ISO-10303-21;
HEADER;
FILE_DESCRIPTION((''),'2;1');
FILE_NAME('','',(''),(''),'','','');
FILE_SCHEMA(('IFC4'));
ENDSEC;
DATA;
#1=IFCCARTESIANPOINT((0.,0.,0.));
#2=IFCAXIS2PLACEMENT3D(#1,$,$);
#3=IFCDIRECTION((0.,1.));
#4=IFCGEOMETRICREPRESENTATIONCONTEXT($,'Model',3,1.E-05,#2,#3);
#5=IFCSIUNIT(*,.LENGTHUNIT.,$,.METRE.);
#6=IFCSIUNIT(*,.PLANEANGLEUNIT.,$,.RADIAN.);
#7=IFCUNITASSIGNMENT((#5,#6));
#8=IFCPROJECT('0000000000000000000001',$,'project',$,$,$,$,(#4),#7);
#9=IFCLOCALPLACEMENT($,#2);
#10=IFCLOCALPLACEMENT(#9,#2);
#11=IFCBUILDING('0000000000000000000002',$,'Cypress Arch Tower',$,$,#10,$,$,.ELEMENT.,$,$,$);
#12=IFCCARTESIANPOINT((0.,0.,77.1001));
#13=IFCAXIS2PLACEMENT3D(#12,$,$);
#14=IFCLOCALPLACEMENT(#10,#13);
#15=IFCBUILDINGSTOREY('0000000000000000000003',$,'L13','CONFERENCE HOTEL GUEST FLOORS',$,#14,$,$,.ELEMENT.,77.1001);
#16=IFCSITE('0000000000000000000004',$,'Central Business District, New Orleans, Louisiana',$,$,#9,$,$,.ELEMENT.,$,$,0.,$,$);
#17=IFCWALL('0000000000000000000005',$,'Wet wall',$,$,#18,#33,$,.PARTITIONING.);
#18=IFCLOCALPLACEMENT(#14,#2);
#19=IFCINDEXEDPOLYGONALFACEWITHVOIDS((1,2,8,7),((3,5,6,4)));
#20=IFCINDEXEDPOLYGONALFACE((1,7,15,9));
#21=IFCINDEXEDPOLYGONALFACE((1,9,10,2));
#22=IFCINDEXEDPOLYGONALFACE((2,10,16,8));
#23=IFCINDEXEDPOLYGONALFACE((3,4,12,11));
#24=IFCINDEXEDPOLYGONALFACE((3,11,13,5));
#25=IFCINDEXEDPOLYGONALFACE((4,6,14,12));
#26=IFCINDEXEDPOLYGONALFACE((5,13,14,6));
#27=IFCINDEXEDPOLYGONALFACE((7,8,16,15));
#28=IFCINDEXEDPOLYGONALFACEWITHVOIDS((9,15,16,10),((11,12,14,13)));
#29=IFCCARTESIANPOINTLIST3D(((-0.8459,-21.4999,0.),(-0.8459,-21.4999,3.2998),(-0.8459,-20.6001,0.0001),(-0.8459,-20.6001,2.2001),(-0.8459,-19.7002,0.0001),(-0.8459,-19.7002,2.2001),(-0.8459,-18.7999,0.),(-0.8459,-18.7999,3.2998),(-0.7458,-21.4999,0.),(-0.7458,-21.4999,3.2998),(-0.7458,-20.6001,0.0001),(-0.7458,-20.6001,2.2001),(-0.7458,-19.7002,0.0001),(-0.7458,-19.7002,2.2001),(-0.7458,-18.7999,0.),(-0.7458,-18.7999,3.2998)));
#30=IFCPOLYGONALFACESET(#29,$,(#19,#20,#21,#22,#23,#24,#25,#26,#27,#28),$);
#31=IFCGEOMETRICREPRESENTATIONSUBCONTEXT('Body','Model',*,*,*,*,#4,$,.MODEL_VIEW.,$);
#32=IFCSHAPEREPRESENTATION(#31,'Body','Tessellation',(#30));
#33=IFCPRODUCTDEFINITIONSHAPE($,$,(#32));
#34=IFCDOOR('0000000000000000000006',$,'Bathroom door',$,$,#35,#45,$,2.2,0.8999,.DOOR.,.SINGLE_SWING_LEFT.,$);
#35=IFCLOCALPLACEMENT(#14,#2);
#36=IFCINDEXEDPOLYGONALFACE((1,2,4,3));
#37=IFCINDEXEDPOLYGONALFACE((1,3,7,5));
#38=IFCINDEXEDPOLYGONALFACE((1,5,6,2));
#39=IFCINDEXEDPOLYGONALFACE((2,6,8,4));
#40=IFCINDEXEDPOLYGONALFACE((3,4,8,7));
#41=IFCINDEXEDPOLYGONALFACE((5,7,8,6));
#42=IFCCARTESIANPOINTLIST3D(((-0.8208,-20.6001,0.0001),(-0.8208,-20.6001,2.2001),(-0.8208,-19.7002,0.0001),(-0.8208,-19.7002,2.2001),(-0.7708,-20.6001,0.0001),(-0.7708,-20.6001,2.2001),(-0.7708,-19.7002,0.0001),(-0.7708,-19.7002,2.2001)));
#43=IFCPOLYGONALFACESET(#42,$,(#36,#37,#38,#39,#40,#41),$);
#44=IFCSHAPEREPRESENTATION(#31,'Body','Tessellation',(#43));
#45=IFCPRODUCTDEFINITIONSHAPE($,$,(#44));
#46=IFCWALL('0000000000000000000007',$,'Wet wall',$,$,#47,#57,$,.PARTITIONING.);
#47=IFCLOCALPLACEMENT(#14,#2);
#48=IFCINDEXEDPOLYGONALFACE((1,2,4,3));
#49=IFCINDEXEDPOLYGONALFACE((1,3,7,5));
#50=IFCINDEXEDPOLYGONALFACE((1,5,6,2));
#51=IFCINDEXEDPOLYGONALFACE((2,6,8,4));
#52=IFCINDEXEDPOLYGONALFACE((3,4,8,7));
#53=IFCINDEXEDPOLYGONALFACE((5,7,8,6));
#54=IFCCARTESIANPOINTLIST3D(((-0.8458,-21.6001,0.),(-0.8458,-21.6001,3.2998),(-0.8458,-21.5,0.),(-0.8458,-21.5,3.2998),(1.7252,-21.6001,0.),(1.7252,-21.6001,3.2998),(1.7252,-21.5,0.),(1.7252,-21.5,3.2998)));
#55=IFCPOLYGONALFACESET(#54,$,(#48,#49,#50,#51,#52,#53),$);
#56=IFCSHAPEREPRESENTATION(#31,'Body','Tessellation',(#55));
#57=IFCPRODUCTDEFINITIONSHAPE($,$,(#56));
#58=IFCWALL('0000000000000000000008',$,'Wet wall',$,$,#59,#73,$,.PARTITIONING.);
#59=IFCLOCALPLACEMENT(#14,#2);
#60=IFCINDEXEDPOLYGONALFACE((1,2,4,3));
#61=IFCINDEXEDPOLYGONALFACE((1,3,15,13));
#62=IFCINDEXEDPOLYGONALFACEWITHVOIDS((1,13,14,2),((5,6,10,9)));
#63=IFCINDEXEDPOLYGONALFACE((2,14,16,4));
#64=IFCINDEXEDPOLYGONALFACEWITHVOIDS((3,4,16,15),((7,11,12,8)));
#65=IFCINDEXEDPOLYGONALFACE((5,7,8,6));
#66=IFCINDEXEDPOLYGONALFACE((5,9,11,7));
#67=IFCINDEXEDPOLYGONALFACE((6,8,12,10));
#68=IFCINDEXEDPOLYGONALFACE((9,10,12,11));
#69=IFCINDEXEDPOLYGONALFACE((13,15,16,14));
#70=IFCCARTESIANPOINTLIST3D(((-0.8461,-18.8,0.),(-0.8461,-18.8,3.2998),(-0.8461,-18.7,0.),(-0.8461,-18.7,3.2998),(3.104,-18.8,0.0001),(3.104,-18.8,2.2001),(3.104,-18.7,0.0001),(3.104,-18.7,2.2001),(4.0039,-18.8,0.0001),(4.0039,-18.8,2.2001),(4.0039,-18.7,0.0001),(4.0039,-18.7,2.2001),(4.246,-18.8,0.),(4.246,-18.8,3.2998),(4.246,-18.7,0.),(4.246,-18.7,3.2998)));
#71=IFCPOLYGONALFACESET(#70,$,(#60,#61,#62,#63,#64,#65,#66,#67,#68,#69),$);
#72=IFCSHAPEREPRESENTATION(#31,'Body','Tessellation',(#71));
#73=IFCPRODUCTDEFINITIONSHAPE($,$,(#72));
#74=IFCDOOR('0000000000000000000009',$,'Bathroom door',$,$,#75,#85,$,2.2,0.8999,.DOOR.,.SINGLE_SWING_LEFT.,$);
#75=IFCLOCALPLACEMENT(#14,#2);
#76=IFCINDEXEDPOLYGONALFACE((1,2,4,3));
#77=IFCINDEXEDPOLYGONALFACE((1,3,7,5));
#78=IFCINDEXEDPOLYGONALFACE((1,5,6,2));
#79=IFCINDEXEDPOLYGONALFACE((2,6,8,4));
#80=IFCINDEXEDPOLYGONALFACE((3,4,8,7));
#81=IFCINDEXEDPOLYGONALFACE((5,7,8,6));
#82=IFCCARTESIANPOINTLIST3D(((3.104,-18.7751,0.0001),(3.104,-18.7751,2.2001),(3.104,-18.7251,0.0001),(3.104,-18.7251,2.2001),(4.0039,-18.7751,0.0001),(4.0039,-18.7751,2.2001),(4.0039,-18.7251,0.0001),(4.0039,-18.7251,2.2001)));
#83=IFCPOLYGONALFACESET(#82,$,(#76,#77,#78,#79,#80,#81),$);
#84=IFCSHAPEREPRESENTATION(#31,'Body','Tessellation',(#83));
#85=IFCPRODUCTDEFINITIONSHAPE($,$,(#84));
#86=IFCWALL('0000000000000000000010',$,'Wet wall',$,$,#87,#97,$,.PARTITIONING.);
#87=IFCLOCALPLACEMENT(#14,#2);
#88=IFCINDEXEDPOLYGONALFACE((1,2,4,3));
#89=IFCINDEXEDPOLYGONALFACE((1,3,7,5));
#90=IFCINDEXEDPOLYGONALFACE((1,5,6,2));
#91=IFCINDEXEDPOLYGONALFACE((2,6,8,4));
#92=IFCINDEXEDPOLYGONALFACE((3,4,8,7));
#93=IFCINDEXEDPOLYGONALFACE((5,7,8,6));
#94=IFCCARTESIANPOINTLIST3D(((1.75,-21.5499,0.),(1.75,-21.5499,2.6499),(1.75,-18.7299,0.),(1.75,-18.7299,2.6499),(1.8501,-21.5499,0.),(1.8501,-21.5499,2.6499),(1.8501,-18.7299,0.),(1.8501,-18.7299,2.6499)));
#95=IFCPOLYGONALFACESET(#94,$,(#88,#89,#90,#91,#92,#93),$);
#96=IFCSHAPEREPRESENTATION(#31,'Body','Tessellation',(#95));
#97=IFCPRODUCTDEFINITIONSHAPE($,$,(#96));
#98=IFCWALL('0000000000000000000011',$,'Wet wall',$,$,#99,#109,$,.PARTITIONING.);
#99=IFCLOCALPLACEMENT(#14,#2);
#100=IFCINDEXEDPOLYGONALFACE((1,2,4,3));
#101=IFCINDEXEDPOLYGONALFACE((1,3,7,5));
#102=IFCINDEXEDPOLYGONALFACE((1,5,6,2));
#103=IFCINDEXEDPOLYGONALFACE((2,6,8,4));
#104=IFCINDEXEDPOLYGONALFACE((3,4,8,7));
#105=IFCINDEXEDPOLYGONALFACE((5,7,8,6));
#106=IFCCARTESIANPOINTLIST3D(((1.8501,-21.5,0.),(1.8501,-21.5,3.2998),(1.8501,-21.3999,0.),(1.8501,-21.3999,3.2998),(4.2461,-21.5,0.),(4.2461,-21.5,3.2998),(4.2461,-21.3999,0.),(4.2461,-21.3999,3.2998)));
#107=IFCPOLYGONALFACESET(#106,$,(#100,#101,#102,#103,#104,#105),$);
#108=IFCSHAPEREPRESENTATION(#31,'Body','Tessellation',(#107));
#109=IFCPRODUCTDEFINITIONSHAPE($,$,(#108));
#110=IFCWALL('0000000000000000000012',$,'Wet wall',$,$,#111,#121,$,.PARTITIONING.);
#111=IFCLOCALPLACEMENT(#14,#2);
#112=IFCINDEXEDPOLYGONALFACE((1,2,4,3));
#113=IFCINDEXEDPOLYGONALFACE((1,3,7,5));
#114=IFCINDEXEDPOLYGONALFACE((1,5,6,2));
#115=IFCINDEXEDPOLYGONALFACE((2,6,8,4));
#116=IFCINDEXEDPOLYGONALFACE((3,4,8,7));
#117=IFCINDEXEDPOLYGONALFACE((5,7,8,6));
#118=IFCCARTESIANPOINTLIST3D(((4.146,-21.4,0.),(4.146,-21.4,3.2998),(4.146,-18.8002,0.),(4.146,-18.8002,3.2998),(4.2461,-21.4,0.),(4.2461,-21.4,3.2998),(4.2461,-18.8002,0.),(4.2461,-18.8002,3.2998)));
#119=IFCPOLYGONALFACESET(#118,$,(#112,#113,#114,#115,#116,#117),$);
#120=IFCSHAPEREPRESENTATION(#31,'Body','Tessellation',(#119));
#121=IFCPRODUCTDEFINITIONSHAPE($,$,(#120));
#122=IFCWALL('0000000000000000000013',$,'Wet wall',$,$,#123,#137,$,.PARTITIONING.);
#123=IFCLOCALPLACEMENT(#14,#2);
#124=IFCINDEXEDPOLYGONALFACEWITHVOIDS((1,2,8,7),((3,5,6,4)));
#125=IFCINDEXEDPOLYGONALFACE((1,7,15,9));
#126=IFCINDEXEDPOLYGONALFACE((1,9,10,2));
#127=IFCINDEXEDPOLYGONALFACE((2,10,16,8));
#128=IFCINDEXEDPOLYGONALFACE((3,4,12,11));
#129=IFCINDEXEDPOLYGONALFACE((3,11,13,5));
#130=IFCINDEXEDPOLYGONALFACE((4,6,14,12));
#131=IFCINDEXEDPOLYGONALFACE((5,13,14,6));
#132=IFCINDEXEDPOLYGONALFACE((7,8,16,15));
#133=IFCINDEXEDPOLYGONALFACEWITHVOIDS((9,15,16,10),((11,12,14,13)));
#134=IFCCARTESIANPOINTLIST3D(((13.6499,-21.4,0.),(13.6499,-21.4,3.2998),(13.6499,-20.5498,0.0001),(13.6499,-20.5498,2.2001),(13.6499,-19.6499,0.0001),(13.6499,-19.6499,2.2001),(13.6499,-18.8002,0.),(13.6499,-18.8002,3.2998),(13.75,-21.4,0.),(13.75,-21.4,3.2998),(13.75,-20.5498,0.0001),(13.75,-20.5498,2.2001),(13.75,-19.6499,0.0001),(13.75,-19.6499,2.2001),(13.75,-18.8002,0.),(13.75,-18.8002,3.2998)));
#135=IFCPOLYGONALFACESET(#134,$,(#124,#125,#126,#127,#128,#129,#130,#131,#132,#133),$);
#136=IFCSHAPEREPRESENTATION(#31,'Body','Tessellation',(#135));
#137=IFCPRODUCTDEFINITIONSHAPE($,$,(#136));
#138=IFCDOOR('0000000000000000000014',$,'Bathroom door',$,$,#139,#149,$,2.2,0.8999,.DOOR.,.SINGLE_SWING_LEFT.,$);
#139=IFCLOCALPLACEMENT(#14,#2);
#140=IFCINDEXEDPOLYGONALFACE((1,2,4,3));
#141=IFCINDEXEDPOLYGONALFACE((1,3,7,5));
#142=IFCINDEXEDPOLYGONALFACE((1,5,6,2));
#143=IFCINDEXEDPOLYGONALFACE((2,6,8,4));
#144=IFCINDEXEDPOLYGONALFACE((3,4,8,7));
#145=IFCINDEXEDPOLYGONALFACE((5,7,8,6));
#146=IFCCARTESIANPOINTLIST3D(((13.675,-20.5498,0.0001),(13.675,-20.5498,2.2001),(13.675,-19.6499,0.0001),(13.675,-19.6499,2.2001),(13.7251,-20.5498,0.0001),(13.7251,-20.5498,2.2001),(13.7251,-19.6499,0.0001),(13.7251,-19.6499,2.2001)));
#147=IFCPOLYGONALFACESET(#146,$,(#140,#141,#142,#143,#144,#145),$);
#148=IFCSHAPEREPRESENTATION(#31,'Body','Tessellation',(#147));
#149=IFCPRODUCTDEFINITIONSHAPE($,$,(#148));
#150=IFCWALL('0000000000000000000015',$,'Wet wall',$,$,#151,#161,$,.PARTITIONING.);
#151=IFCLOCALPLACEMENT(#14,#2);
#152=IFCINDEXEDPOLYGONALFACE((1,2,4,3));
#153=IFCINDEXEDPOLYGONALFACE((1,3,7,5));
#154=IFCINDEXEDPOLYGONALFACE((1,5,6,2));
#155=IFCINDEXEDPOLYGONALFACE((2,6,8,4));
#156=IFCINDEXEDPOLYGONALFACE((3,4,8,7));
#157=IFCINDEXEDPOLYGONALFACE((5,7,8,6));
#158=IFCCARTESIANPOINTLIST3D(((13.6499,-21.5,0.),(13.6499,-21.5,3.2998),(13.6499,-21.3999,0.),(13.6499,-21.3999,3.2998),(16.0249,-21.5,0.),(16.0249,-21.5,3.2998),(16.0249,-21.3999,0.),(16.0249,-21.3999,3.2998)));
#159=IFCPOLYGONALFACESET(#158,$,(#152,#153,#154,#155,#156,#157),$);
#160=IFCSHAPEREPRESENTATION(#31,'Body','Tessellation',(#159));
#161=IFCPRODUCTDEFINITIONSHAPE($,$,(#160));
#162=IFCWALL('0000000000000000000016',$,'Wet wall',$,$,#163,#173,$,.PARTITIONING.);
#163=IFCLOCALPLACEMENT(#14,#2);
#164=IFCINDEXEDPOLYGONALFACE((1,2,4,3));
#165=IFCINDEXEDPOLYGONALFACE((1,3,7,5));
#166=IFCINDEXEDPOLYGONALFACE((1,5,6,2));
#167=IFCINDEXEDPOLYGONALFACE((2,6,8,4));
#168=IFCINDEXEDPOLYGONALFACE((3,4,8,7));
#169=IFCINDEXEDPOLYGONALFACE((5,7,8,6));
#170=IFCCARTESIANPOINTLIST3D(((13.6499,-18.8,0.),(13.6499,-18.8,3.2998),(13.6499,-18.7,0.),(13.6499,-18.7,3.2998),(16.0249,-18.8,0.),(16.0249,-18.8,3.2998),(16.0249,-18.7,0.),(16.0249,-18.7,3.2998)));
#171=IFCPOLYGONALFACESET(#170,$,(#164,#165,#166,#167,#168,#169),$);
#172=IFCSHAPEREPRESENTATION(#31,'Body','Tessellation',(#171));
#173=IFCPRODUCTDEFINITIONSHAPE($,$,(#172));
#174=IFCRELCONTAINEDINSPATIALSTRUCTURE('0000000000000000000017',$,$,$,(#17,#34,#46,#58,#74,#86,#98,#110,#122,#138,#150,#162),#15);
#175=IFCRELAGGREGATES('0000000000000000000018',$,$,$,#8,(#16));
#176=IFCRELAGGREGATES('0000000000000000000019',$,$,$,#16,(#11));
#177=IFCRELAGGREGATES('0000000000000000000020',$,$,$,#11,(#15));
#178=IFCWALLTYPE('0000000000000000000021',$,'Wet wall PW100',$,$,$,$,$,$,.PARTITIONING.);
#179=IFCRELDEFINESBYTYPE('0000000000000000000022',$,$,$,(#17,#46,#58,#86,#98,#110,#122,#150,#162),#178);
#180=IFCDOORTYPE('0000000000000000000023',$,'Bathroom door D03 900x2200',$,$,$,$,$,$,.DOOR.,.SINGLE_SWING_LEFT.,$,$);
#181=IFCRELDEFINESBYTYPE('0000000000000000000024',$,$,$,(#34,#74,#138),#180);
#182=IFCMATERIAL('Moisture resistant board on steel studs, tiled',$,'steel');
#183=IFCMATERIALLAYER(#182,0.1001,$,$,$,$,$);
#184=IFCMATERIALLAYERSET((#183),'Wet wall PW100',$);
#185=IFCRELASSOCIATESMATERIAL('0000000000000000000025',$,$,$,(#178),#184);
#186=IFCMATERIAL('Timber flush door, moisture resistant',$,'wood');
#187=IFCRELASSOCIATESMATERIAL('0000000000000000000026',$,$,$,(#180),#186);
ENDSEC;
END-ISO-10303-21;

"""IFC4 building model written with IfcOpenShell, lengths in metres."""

from ifc_helpers import new_model, si_unit, direction, frame, frame_2d, origin, place, context, subcontext, project, spatial, rectangle, extrude, material, layer, layer_set, type_object, element, fill, save


model = new_model("IFC4")

# Units and contexts
model_context = context("Model", 3, precision=1e-05, world=origin(), true_north=direction((0.0, 1.0)))
body_context = subcontext(model_context, "Body", "Model", "MODEL_VIEW")
ifc_project = project(units=[si_unit("LENGTHUNIT", "METRE"), si_unit("PLANEANGLEUNIT", "RADIAN")], contexts=[model_context])

# Site, building, storey
site_placement = place(None, origin())
site = spatial("IfcSite", under=ifc_project, at=site_placement, Name="Central Business District, New Orleans, Louisiana", CompositionType="ELEMENT", RefElevation=0.0)
building_placement = place(site_placement, origin())
building = spatial("IfcBuilding", under=site, at=building_placement, Name="Cypress Arch Tower", CompositionType="ELEMENT")
storey_placement = place(building_placement, frame((0.0, 0.0, 77.1001)))
storey = spatial("IfcBuildingStorey", under=building, at=storey_placement, Name="L13", Description="CONFERENCE HOTEL GUEST FLOORS", CompositionType="ELEMENT", Elevation=77.1001)

# Wall, opening, door
ifc_material_1 = material(Name="Moisture resistant board on steel studs, tiled", Category="steel")
ifc_layer_1 = layer(ifc_material_1, 0.1001)
ifc_layer_set_1 = layer_set([ifc_layer_1], Name="Wet wall PW100")
wall_type_1 = type_object("IfcWallType", Name="Wet wall PW100", PredefinedType="PARTITIONING", material=ifc_layer_set_1)
wall_1_placement = place(storey_placement, frame((-0.7959, -21.5, 0.0), z_axis=(0.0, 0.0, 1.0), x_axis=(0.0, 1.0, 0.0)))
wall_1 = element("IfcWall", 1, at=wall_1_placement, inside=storey, type_object=wall_type_1, Name="Wet wall", PredefinedType="PARTITIONING", context=body_context, shape_type="SweptSolid", body=[
    extrude(rectangle(XDim=2.7, YDim=0.1001, at=frame_2d((1.3501, 0.0))), origin(), (0.0, 0.0, 1.0), 3.2998),
])
opening_1_placement = place(wall_1_placement, frame((0.8999, 0.0, 0.0)))
opening_1 = element("IfcOpeningElement", 2, at=opening_1_placement, cuts=wall_1, PredefinedType="OPENING", context=body_context, shape_type="SweptSolid", body=[
    extrude(rectangle(XDim=0.8999, YDim=2.2, at=frame_2d((0.45, 1.1001))), frame((0.0, 0.0601, 0.0), z_axis=(0.0, -1.0, 0.0), x_axis=(1.0, 0.0, 0.0)), (0.0, 0.0, 1.0), 0.1201),
])
ifc_material_2 = material(Name="Timber flush door, moisture resistant", Category="wood")
door_type_1 = type_object("IfcDoorType", Name="Bathroom door D03 900x2200", OperationType="SINGLE_SWING_LEFT", PredefinedType="DOOR", material=ifc_material_2)
door_1_placement = place(opening_1_placement, origin())
door_1 = element("IfcDoor", 3, at=door_1_placement, inside=storey, type_object=door_type_1, Name="Bathroom door", OperationType="SINGLE_SWING_LEFT", OverallHeight=2.2, OverallWidth=0.8999, PredefinedType="DOOR", context=body_context, shape_type="SweptSolid", body=[
    extrude(rectangle(XDim=0.8999, YDim=2.2, at=frame_2d((0.45, 1.1001))), frame((0.0, 0.0249, 0.0), z_axis=(0.0, -1.0, 0.0), x_axis=(1.0, 0.0, 0.0)), (0.0, 0.0, 1.0), 0.05),
])
fill(opening_1, door_1)

# Wall
wall_2_placement = place(storey_placement, frame((-0.8459, -21.55, 0.0), z_axis=(0.0, 0.0, 1.0), x_axis=(1.0, 0.0, 0.0)))
element("IfcWall", 4, at=wall_2_placement, inside=storey, type_object=wall_type_1, Name="Wet wall", PredefinedType="PARTITIONING", context=body_context, shape_type="SweptSolid", body=[
    extrude(rectangle(XDim=2.571, YDim=0.1001, at=frame_2d((1.2856, 0.0))), origin(), (0.0, 0.0, 1.0), 3.2998),
])

# Wall, opening, door
wall_3_placement = place(storey_placement, frame((-0.8459, -18.75, 0.0), z_axis=(0.0, 0.0, 1.0), x_axis=(1.0, 0.0, 0.0)))
wall_3 = element("IfcWall", 5, at=wall_3_placement, inside=storey, type_object=wall_type_1, Name="Wet wall", PredefinedType="PARTITIONING", context=body_context, shape_type="SweptSolid", body=[
    extrude(rectangle(XDim=5.092, YDim=0.1001, at=frame_2d((2.5459, 0.0))), origin(), (0.0, 0.0, 1.0), 3.2998),
])
opening_2_placement = place(wall_3_placement, frame((3.95, 0.0, 0.0)))
opening_2 = element("IfcOpeningElement", 6, at=opening_2_placement, cuts=wall_3, PredefinedType="OPENING", context=body_context, shape_type="SweptSolid", body=[
    extrude(rectangle(XDim=0.8999, YDim=2.2, at=frame_2d((0.45, 1.1001))), frame((0.0, 0.0601, 0.0), z_axis=(0.0, -1.0, 0.0), x_axis=(1.0, 0.0, 0.0)), (0.0, 0.0, 1.0), 0.1201),
])
door_2_placement = place(opening_2_placement, origin())
door_2 = element("IfcDoor", 7, at=door_2_placement, inside=storey, type_object=door_type_1, Name="Bathroom door", OperationType="SINGLE_SWING_LEFT", OverallHeight=2.2, OverallWidth=0.8999, PredefinedType="DOOR", context=body_context, shape_type="SweptSolid", body=[
    extrude(rectangle(XDim=0.8999, YDim=2.2, at=frame_2d((0.45, 1.1001))), frame((0.0, 0.0249, 0.0), z_axis=(0.0, -1.0, 0.0), x_axis=(1.0, 0.0, 0.0)), (0.0, 0.0, 1.0), 0.05),
])
fill(opening_2, door_2)

# Walls
wall_4_placement = place(storey_placement, frame((1.8, -21.55, 0.0), z_axis=(0.0, 0.0, 1.0), x_axis=(0.0, 1.0, 0.0)))
element("IfcWall", 8, at=wall_4_placement, inside=storey, type_object=wall_type_1, Name="Wet wall", PredefinedType="PARTITIONING", context=body_context, shape_type="SweptSolid", body=[
    extrude(rectangle(XDim=2.8201, YDim=0.1001, at=frame_2d((1.4102, 0.0))), origin(), (0.0, 0.0, 1.0), 2.6499),
])
wall_5_placement = place(storey_placement, frame((1.8501, -21.45, 0.0), z_axis=(0.0, 0.0, 1.0), x_axis=(1.0, 0.0, 0.0)))
element("IfcWall", 9, at=wall_5_placement, inside=storey, type_object=wall_type_1, Name="Wet wall", PredefinedType="PARTITIONING", context=body_context, shape_type="SweptSolid", body=[
    extrude(rectangle(XDim=2.396, YDim=0.1001, at=frame_2d((1.198, 0.0))), origin(), (0.0, 0.0, 1.0), 3.2998),
])
wall_6_placement = place(storey_placement, frame((4.196, -21.3999, 0.0), z_axis=(0.0, 0.0, 1.0), x_axis=(0.0, 1.0, 0.0)))
element("IfcWall", 10, at=wall_6_placement, inside=storey, type_object=wall_type_1, Name="Wet wall", PredefinedType="PARTITIONING", context=body_context, shape_type="SweptSolid", body=[
    extrude(rectangle(XDim=2.5999, YDim=0.1001, at=frame_2d((1.2998, 0.0))), origin(), (0.0, 0.0, 1.0), 3.2998),
])

# Wall, opening, door
wall_7_placement = place(storey_placement, frame((13.7, -21.3999, 0.0), z_axis=(0.0, 0.0, 1.0), x_axis=(0.0, 1.0, 0.0)))
wall_7 = element("IfcWall", 11, at=wall_7_placement, inside=storey, type_object=wall_type_1, Name="Wet wall", PredefinedType="PARTITIONING", context=body_context, shape_type="SweptSolid", body=[
    extrude(rectangle(XDim=2.5999, YDim=0.1001, at=frame_2d((1.2998, 0.0))), origin(), (0.0, 0.0, 1.0), 3.2998),
])
opening_3_placement = place(wall_7_placement, frame((0.8501, 0.0, 0.0)))
opening_3 = element("IfcOpeningElement", 12, at=opening_3_placement, cuts=wall_7, PredefinedType="OPENING", context=body_context, shape_type="SweptSolid", body=[
    extrude(rectangle(XDim=0.8999, YDim=2.2, at=frame_2d((0.45, 1.1001))), frame((0.0, 0.0601, 0.0), z_axis=(0.0, -1.0, 0.0), x_axis=(1.0, 0.0, 0.0)), (0.0, 0.0, 1.0), 0.1201),
])
door_3_placement = place(opening_3_placement, origin())
door_3 = element("IfcDoor", 13, at=door_3_placement, inside=storey, type_object=door_type_1, Name="Bathroom door", OperationType="SINGLE_SWING_LEFT", OverallHeight=2.2, OverallWidth=0.8999, PredefinedType="DOOR", context=body_context, shape_type="SweptSolid", body=[
    extrude(rectangle(XDim=0.8999, YDim=2.2, at=frame_2d((0.45, 1.1001))), frame((0.0, 0.0249, 0.0), z_axis=(0.0, -1.0, 0.0), x_axis=(1.0, 0.0, 0.0)), (0.0, 0.0, 1.0), 0.05),
])
fill(opening_3, door_3)

# Walls
for number, where, z_axis, x_axis, name in (
    (14, (13.6499, -21.45, 0.0), (0.0, 0.0, 1.0), (1.0, 0.0, 0.0), "Wet wall"),
    (15, (13.6499, -18.75, 0.0), (0.0, 0.0, 1.0), (1.0, 0.0, 0.0), "Wet wall"),
):
    element("IfcWall", number, at=place(storey_placement, frame(where, z_axis=z_axis, x_axis=x_axis)), inside=storey, type_object=wall_type_1, Name=name, PredefinedType="PARTITIONING", context=body_context, shape_type="SweptSolid", body=[
        extrude(rectangle(XDim=2.375, YDim=0.1001, at=frame_2d((1.1875, 0.0))), origin(), (0.0, 0.0, 1.0), 3.2998),
    ])

save(model, "model.ifc")
